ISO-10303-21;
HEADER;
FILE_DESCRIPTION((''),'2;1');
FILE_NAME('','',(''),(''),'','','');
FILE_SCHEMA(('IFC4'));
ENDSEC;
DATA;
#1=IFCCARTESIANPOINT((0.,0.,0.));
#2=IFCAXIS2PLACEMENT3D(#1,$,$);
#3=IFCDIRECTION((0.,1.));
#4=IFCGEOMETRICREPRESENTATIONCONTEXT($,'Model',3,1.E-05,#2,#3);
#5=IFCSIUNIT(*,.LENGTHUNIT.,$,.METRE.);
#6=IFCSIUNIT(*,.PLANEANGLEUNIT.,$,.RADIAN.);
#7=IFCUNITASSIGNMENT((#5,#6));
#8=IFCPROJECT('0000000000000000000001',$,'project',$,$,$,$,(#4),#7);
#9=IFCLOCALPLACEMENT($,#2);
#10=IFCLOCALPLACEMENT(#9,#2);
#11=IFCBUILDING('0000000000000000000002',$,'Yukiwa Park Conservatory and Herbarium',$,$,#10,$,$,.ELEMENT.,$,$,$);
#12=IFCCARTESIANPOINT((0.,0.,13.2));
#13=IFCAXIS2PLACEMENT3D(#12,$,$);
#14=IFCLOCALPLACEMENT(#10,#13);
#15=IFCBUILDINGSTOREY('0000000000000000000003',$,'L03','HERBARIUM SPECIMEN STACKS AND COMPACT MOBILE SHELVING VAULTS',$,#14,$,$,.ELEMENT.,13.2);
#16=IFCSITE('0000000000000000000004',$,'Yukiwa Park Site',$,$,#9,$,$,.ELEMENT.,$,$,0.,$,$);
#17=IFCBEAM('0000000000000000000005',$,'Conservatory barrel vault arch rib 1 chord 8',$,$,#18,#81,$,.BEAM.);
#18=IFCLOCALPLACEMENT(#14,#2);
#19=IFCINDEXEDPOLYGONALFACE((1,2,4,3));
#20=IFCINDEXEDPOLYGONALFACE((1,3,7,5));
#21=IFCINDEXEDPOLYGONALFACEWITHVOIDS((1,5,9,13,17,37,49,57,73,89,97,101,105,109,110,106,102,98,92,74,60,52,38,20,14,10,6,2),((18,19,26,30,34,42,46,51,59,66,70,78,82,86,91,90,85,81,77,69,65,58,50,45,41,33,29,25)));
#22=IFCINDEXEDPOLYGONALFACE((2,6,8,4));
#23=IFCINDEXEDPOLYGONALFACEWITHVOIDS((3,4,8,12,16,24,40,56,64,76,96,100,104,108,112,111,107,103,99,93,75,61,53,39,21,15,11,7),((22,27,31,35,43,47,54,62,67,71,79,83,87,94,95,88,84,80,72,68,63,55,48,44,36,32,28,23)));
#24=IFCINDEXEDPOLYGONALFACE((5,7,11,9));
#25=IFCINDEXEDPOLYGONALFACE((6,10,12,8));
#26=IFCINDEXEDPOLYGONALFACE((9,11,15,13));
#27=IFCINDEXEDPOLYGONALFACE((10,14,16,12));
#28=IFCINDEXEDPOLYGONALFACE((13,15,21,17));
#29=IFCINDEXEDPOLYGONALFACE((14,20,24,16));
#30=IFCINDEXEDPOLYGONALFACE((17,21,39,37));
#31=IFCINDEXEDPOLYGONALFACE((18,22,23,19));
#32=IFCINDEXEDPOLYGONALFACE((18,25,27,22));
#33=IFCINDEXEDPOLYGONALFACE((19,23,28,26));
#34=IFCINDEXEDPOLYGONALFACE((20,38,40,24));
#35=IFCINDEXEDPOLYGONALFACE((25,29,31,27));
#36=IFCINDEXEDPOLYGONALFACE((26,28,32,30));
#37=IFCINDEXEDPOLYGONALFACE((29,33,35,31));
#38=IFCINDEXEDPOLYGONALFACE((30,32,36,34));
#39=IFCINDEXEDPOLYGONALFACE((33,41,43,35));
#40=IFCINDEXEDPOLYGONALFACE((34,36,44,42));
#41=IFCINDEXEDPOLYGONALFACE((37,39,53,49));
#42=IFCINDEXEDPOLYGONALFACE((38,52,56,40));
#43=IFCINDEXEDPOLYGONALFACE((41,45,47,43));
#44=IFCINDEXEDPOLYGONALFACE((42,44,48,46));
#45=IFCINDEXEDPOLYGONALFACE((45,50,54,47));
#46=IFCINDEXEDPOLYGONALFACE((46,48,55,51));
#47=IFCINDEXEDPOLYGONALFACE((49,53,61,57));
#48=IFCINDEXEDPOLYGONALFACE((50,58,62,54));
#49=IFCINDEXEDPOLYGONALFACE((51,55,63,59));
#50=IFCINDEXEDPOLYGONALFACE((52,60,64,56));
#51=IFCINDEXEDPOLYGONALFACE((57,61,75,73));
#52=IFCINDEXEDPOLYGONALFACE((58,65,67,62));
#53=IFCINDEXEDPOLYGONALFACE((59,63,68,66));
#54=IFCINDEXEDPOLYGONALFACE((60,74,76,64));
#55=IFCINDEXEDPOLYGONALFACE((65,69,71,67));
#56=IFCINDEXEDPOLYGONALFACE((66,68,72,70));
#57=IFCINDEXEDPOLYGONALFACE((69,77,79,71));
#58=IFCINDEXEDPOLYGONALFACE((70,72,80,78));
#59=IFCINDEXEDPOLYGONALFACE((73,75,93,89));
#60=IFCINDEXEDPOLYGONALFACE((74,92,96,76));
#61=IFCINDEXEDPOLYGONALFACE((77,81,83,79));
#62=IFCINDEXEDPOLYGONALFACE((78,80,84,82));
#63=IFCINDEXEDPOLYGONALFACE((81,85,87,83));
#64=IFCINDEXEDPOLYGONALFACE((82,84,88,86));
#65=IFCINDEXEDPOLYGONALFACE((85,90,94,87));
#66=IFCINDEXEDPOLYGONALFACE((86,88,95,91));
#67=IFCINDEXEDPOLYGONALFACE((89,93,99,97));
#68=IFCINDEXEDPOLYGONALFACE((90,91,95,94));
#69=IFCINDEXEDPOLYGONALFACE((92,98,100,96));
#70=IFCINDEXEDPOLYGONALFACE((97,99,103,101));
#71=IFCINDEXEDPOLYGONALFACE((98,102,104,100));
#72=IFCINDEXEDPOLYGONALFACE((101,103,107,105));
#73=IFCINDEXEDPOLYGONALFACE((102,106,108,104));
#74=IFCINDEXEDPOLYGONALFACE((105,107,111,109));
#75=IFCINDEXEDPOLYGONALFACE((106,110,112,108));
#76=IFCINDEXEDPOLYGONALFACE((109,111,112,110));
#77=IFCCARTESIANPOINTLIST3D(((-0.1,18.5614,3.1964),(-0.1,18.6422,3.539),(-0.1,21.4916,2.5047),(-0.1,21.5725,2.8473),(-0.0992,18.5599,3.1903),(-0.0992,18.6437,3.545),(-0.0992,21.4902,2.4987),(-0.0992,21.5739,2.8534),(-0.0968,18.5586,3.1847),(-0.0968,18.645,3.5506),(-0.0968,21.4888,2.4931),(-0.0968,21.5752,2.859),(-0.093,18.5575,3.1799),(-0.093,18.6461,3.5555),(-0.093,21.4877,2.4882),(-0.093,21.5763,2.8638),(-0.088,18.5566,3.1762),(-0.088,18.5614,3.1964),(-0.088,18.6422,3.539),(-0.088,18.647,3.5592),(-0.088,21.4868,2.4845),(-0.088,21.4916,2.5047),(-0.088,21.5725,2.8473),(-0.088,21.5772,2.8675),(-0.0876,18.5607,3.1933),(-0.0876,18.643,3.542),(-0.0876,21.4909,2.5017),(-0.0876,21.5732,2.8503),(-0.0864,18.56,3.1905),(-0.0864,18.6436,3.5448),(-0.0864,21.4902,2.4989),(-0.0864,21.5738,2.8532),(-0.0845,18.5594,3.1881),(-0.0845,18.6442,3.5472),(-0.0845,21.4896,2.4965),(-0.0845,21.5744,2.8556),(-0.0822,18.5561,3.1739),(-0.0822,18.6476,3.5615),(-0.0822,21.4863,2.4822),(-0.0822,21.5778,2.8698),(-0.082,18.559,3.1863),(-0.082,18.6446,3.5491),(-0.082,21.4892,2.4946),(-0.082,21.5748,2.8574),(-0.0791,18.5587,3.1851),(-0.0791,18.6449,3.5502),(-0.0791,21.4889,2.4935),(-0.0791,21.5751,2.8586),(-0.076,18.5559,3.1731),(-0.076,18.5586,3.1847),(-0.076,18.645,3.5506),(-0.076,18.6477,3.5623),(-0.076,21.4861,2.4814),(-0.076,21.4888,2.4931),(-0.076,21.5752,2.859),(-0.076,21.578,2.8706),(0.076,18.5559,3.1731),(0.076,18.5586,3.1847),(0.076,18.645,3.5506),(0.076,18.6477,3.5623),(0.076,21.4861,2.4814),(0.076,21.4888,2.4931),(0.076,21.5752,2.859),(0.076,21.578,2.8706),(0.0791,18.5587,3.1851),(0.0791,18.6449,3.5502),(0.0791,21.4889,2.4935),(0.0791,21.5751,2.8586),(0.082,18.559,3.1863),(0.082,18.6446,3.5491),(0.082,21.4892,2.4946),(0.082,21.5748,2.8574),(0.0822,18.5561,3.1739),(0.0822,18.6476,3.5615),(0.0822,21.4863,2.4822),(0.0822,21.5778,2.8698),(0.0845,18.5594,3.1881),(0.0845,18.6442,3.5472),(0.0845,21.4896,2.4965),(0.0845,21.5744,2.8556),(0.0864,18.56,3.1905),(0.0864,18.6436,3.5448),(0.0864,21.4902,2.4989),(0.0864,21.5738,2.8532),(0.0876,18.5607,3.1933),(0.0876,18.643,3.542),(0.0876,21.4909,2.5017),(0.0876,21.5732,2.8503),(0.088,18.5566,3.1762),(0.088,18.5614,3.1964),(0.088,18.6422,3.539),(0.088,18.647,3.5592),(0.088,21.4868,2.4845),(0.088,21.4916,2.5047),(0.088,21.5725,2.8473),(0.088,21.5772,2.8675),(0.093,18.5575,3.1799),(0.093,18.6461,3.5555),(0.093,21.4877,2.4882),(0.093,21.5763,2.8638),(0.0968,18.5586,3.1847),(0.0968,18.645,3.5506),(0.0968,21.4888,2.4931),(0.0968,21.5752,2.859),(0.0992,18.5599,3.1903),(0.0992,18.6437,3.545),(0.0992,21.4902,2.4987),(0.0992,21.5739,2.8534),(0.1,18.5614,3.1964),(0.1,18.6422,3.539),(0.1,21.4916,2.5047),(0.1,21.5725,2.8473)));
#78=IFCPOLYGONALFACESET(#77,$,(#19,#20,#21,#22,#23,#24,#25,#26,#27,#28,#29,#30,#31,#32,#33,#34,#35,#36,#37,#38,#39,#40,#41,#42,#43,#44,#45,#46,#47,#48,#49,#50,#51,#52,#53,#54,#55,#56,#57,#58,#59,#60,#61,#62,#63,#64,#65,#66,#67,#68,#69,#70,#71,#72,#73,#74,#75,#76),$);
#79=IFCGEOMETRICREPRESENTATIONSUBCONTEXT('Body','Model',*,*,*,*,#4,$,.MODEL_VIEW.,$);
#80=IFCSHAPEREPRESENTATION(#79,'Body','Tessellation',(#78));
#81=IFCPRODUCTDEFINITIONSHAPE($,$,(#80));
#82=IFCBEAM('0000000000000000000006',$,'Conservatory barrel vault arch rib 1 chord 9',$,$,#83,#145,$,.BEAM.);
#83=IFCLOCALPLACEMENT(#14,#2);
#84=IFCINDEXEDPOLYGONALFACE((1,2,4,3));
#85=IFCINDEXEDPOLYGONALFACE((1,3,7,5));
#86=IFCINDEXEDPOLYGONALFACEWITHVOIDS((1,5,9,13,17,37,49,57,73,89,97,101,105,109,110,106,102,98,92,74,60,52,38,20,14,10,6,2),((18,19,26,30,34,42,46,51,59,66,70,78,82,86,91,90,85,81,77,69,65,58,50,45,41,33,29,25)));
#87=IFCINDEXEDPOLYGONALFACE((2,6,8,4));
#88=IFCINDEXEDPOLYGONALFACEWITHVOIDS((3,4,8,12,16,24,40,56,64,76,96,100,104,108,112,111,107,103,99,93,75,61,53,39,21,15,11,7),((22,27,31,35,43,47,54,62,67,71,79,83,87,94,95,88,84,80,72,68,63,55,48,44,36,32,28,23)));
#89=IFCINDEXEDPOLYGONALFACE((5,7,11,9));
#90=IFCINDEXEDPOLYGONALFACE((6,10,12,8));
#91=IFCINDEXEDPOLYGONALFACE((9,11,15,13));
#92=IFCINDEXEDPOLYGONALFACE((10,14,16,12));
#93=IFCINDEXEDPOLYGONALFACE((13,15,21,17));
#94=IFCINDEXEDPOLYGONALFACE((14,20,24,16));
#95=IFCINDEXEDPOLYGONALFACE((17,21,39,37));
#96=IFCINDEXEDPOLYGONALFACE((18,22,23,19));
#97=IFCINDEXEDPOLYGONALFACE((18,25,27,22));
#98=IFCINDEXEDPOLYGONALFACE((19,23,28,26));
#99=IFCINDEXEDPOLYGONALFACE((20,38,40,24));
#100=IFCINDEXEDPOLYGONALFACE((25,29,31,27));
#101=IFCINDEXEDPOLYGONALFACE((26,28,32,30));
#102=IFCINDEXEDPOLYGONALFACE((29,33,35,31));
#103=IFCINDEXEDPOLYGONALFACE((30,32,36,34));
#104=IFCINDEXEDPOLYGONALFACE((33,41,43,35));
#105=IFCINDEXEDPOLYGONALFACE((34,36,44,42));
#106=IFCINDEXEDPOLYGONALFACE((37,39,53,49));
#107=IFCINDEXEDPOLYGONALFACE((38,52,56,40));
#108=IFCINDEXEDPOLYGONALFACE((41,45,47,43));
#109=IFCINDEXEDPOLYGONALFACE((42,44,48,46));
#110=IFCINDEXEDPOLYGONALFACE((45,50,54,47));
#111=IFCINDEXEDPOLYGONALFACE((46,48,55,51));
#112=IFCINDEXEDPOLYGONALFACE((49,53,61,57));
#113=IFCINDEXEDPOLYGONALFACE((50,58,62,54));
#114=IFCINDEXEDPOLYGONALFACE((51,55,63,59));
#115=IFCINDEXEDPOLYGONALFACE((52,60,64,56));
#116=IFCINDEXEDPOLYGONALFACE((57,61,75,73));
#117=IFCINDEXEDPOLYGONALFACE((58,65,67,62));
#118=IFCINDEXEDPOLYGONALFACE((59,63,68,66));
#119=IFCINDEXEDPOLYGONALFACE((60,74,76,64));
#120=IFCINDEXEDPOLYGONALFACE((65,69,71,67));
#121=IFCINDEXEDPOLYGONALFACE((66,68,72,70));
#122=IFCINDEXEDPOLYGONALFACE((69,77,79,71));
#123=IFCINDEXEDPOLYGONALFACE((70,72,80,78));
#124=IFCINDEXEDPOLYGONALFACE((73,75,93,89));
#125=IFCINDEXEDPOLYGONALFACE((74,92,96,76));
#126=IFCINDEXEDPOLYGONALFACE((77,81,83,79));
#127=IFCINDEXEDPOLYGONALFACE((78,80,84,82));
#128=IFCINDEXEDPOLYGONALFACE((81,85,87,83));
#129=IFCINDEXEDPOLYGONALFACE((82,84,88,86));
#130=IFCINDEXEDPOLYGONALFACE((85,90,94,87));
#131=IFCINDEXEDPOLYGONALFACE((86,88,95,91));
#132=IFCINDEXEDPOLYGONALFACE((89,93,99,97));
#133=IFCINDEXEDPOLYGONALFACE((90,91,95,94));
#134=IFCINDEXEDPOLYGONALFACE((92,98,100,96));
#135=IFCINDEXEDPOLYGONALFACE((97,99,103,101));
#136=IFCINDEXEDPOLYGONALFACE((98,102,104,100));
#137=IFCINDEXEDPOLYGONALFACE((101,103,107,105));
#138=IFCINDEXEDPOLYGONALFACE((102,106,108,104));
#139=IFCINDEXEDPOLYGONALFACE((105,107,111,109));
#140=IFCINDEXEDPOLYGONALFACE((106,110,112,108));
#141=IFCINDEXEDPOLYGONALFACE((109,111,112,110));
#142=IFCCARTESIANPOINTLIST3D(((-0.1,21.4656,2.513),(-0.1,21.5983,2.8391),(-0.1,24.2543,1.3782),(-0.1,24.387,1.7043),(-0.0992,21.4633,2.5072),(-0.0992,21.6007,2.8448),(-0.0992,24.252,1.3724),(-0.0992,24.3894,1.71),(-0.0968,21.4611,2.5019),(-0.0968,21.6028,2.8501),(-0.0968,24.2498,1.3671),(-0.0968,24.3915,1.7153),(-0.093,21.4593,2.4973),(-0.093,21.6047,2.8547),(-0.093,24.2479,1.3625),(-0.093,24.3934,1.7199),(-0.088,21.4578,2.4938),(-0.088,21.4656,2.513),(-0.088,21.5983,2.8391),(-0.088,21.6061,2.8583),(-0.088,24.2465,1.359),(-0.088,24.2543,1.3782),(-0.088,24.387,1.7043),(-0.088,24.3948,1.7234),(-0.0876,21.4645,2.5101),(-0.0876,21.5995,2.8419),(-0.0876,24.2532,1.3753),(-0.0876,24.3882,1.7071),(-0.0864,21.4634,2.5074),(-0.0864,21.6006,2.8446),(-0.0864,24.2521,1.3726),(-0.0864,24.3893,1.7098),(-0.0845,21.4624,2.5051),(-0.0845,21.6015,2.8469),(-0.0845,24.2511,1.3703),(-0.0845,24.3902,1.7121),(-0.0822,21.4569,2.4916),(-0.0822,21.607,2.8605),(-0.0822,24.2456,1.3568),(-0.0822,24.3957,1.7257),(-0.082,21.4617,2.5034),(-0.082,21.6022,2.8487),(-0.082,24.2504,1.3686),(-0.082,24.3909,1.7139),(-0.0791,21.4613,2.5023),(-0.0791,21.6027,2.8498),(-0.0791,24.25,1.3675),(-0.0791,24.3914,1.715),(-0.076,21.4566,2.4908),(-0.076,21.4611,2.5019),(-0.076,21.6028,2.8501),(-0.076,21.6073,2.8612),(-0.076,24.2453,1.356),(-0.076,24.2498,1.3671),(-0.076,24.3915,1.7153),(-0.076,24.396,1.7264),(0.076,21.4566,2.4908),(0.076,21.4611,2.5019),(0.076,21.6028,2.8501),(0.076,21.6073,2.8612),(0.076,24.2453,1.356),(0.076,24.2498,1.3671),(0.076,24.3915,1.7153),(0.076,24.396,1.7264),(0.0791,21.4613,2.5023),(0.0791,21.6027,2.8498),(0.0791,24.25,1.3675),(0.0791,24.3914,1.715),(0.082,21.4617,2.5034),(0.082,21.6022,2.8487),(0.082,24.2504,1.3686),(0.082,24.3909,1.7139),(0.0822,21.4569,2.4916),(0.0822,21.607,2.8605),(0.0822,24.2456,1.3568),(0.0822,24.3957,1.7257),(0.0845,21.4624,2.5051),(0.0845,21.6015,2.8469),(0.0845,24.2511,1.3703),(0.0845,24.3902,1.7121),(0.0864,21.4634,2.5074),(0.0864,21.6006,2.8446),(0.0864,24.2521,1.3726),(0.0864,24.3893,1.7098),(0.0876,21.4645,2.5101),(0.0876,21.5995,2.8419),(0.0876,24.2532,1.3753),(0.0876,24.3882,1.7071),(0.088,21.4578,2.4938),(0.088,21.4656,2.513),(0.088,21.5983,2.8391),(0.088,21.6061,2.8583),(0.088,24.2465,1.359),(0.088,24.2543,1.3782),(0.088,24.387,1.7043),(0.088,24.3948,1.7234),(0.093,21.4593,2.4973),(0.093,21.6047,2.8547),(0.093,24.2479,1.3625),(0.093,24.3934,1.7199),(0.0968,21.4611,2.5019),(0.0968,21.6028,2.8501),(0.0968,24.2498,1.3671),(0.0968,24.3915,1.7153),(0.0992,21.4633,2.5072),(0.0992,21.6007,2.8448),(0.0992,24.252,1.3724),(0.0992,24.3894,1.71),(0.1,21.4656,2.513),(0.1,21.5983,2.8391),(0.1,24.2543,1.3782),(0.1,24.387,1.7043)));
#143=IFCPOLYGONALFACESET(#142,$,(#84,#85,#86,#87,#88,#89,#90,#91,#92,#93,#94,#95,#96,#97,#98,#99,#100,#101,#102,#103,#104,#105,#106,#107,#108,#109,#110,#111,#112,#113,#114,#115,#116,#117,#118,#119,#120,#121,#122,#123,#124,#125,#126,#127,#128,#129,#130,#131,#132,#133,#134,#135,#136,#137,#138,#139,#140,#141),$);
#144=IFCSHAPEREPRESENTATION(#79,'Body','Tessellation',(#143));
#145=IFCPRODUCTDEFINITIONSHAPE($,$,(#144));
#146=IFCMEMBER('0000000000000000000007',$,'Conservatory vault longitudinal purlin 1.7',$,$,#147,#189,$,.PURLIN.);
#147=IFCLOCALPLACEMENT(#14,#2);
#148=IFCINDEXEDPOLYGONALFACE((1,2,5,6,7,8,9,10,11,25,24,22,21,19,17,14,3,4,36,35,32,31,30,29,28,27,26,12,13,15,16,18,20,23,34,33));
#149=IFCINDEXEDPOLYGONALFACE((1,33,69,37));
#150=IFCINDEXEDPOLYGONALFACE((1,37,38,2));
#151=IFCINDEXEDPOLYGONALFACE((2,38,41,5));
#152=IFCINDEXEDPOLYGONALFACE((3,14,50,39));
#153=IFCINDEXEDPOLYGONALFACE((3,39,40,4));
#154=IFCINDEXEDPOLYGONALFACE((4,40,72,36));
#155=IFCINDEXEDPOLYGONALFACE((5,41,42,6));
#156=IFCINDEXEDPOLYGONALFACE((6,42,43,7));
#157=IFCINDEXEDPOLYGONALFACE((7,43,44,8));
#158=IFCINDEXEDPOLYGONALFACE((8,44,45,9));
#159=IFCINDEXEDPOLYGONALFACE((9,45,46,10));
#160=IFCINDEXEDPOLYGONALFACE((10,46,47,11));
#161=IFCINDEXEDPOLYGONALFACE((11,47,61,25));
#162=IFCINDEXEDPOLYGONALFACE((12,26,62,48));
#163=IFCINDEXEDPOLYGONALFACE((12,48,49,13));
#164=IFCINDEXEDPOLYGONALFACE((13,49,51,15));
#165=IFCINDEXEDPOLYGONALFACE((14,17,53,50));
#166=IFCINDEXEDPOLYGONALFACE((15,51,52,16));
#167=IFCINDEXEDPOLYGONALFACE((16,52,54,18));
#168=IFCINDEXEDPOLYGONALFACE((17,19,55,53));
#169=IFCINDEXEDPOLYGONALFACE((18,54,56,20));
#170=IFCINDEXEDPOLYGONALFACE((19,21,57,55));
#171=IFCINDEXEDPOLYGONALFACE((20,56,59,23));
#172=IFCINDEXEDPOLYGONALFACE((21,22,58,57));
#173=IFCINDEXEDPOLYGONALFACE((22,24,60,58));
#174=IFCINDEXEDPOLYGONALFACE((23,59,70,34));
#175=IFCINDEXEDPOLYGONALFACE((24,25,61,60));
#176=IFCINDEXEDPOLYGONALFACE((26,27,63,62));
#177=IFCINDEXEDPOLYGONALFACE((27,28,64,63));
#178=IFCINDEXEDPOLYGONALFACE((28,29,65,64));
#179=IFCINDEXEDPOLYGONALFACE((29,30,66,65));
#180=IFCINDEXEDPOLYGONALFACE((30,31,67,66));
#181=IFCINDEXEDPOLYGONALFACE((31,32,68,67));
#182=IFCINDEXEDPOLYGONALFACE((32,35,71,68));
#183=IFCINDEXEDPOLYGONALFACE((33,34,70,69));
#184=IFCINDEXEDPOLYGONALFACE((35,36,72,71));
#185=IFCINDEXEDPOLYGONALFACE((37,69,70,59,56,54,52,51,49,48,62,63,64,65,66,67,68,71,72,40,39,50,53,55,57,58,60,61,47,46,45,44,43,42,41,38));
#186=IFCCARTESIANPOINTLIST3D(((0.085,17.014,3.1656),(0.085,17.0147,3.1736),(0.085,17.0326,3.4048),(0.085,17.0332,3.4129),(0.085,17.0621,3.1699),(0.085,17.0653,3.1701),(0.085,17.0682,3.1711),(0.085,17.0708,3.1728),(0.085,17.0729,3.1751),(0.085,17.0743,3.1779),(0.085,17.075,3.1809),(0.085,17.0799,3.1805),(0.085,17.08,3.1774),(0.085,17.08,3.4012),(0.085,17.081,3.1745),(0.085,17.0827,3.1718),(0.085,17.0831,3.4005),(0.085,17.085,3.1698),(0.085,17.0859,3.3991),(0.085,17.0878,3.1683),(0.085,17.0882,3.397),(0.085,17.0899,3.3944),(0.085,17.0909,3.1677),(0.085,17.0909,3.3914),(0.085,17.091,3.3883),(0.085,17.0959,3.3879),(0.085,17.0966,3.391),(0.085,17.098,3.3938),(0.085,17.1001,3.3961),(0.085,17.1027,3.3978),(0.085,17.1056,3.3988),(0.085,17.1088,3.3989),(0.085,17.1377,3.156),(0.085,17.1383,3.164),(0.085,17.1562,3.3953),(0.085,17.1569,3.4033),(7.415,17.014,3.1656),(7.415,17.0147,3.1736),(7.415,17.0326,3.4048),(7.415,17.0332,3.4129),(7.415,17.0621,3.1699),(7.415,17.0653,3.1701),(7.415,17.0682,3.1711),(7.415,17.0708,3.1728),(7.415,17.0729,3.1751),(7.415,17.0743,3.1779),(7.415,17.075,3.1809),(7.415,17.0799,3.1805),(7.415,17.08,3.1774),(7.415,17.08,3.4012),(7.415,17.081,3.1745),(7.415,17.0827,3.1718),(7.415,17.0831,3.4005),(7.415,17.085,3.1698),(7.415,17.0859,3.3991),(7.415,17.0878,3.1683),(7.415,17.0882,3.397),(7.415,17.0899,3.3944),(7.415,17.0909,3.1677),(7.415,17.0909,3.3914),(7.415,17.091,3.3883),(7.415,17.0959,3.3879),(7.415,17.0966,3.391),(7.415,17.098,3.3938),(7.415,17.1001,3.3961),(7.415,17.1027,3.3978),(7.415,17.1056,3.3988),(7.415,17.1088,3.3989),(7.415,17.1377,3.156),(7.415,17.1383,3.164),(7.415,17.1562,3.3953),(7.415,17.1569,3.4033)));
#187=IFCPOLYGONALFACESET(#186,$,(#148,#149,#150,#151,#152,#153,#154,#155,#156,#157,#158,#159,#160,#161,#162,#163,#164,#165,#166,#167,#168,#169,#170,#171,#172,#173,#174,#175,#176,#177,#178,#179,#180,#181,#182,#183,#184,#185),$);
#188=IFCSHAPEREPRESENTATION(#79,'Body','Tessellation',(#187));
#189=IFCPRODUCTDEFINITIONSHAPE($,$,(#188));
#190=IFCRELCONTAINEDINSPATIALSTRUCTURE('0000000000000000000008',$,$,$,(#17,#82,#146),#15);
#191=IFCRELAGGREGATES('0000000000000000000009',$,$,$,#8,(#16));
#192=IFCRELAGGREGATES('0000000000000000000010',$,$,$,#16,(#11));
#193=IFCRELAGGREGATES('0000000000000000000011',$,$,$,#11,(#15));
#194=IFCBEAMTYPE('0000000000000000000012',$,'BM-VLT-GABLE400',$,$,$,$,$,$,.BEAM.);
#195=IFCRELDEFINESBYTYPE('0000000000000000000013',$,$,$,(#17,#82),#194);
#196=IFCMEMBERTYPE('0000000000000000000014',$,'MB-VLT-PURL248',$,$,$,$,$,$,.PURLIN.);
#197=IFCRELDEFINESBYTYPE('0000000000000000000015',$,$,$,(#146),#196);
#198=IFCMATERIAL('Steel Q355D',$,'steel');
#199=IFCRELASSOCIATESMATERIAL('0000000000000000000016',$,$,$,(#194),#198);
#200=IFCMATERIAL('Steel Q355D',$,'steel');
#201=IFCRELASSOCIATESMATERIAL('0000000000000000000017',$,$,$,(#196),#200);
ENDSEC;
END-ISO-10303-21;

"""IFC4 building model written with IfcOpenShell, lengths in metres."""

from ifc_helpers import new_model, si_unit, direction, frame, origin, origin_2d, place, context, subcontext, project, spatial, hollow_rectangle, i_section, extrude, material, material_profile, profile_set, type_object, element, save


model = new_model("IFC4")

# Units and contexts
model_context = context("Model", 3, precision=1e-05, world=origin(), true_north=direction((0.0, 1.0)))
body_context = subcontext(model_context, "Body", "Model", "MODEL_VIEW")
ifc_project = project(units=[si_unit("LENGTHUNIT", "METRE"), si_unit("PLANEANGLEUNIT", "RADIAN")], contexts=[model_context])

# Site, building, storey
site_placement = place(None, origin())
site = spatial("IfcSite", under=ifc_project, at=site_placement, Name="Yukiwa Park Site", CompositionType="ELEMENT", RefElevation=0.0)
building_placement = place(site_placement, origin())
building = spatial("IfcBuilding", under=site, at=building_placement, Name="Yukiwa Park Conservatory and Herbarium", CompositionType="ELEMENT")
storey_placement = place(building_placement, frame((0.0, 0.0, 13.2)))
storey = spatial("IfcBuildingStorey", under=building, at=storey_placement, Name="L03", Description="HERBARIUM SPECIMEN STACKS AND COMPACT MOBILE SHELVING VAULTS", CompositionType="ELEMENT", Elevation=13.2)

# Beams
ifc_material_1 = material(Name="Steel Q355D", Category="steel")
ifc_material_profile_1 = material_profile(ifc_material_1, hollow_rectangle(XDim=0.2, YDim=0.3999, WallThickness=0.012, InnerFilletRadius=0.012, OuterFilletRadius=0.0239, at=origin_2d()), Name="RHS 400x200x12")
ifc_profile_set_1 = profile_set([ifc_material_profile_1], Name="Steel Q355D")
beam_type = type_object("IfcBeamType", Name="BM-VLT-GABLE400", PredefinedType="BEAM", material=ifc_profile_set_1)
for number, where, z_axis, x_axis, name in (
    (1, (0.0, 18.6018, 3.3677), (0.0, 0.973254, -0.229731), (-1.0, 0.0, 0.0), "Conservatory barrel vault arch rib 1 chord 8"),
    (2, (0.0, 21.532, 2.676), (0.0, 0.926246, -0.376921), (-1.0, 0.0, 0.0), "Conservatory barrel vault arch rib 1 chord 9"),
):
    element("IfcBeam", number, at=place(storey_placement, frame(where, z_axis=z_axis, x_axis=x_axis)), inside=storey, type_object=beam_type, Name=name, PredefinedType="BEAM", context=body_context, shape_type="SweptSolid", body=[
        extrude(hollow_rectangle(XDim=0.2, YDim=0.3999, WallThickness=0.012, InnerFilletRadius=0.012, OuterFilletRadius=0.0239, at=origin_2d()), origin(), (0.0, 0.0, 1.0), 3.0107),
    ])

# Member
ifc_material_2 = material(Name="Steel Q355D", Category="steel")
ifc_material_profile_2 = material_profile(ifc_material_2, i_section(OverallWidth=0.124, OverallDepth=0.248, WebThickness=0.0049, FlangeThickness=0.0081, FilletRadius=0.012, at=origin_2d()), Name="HN 248x124x5x8")
ifc_profile_set_2 = profile_set([ifc_material_profile_2], Name="Steel Q355D")
member_type_1 = type_object("IfcMemberType", Name="MB-VLT-PURL248", PredefinedType="PURLIN", material=ifc_profile_set_2)
for number, where, z_axis, x_axis, name in (
    (3, (0.085, 17.0854, 3.2844), (1.0, 0.0, 0.0), (0.0, 0.997016, -0.077198), "Conservatory vault longitudinal purlin 1.7"),
):
    element("IfcMember", number, at=place(storey_placement, frame(where, z_axis=z_axis, x_axis=x_axis)), inside=storey, type_object=member_type_1, Name=name, PredefinedType="PURLIN", context=body_context, shape_type="SweptSolid", body=[
        extrude(i_section(OverallWidth=0.124, OverallDepth=0.248, WebThickness=0.0049, FlangeThickness=0.0081, FilletRadius=0.012, at=origin_2d()), origin(), (0.0, 0.0, 1.0), 7.3301),
    ])

save(model, "model.ifc")
